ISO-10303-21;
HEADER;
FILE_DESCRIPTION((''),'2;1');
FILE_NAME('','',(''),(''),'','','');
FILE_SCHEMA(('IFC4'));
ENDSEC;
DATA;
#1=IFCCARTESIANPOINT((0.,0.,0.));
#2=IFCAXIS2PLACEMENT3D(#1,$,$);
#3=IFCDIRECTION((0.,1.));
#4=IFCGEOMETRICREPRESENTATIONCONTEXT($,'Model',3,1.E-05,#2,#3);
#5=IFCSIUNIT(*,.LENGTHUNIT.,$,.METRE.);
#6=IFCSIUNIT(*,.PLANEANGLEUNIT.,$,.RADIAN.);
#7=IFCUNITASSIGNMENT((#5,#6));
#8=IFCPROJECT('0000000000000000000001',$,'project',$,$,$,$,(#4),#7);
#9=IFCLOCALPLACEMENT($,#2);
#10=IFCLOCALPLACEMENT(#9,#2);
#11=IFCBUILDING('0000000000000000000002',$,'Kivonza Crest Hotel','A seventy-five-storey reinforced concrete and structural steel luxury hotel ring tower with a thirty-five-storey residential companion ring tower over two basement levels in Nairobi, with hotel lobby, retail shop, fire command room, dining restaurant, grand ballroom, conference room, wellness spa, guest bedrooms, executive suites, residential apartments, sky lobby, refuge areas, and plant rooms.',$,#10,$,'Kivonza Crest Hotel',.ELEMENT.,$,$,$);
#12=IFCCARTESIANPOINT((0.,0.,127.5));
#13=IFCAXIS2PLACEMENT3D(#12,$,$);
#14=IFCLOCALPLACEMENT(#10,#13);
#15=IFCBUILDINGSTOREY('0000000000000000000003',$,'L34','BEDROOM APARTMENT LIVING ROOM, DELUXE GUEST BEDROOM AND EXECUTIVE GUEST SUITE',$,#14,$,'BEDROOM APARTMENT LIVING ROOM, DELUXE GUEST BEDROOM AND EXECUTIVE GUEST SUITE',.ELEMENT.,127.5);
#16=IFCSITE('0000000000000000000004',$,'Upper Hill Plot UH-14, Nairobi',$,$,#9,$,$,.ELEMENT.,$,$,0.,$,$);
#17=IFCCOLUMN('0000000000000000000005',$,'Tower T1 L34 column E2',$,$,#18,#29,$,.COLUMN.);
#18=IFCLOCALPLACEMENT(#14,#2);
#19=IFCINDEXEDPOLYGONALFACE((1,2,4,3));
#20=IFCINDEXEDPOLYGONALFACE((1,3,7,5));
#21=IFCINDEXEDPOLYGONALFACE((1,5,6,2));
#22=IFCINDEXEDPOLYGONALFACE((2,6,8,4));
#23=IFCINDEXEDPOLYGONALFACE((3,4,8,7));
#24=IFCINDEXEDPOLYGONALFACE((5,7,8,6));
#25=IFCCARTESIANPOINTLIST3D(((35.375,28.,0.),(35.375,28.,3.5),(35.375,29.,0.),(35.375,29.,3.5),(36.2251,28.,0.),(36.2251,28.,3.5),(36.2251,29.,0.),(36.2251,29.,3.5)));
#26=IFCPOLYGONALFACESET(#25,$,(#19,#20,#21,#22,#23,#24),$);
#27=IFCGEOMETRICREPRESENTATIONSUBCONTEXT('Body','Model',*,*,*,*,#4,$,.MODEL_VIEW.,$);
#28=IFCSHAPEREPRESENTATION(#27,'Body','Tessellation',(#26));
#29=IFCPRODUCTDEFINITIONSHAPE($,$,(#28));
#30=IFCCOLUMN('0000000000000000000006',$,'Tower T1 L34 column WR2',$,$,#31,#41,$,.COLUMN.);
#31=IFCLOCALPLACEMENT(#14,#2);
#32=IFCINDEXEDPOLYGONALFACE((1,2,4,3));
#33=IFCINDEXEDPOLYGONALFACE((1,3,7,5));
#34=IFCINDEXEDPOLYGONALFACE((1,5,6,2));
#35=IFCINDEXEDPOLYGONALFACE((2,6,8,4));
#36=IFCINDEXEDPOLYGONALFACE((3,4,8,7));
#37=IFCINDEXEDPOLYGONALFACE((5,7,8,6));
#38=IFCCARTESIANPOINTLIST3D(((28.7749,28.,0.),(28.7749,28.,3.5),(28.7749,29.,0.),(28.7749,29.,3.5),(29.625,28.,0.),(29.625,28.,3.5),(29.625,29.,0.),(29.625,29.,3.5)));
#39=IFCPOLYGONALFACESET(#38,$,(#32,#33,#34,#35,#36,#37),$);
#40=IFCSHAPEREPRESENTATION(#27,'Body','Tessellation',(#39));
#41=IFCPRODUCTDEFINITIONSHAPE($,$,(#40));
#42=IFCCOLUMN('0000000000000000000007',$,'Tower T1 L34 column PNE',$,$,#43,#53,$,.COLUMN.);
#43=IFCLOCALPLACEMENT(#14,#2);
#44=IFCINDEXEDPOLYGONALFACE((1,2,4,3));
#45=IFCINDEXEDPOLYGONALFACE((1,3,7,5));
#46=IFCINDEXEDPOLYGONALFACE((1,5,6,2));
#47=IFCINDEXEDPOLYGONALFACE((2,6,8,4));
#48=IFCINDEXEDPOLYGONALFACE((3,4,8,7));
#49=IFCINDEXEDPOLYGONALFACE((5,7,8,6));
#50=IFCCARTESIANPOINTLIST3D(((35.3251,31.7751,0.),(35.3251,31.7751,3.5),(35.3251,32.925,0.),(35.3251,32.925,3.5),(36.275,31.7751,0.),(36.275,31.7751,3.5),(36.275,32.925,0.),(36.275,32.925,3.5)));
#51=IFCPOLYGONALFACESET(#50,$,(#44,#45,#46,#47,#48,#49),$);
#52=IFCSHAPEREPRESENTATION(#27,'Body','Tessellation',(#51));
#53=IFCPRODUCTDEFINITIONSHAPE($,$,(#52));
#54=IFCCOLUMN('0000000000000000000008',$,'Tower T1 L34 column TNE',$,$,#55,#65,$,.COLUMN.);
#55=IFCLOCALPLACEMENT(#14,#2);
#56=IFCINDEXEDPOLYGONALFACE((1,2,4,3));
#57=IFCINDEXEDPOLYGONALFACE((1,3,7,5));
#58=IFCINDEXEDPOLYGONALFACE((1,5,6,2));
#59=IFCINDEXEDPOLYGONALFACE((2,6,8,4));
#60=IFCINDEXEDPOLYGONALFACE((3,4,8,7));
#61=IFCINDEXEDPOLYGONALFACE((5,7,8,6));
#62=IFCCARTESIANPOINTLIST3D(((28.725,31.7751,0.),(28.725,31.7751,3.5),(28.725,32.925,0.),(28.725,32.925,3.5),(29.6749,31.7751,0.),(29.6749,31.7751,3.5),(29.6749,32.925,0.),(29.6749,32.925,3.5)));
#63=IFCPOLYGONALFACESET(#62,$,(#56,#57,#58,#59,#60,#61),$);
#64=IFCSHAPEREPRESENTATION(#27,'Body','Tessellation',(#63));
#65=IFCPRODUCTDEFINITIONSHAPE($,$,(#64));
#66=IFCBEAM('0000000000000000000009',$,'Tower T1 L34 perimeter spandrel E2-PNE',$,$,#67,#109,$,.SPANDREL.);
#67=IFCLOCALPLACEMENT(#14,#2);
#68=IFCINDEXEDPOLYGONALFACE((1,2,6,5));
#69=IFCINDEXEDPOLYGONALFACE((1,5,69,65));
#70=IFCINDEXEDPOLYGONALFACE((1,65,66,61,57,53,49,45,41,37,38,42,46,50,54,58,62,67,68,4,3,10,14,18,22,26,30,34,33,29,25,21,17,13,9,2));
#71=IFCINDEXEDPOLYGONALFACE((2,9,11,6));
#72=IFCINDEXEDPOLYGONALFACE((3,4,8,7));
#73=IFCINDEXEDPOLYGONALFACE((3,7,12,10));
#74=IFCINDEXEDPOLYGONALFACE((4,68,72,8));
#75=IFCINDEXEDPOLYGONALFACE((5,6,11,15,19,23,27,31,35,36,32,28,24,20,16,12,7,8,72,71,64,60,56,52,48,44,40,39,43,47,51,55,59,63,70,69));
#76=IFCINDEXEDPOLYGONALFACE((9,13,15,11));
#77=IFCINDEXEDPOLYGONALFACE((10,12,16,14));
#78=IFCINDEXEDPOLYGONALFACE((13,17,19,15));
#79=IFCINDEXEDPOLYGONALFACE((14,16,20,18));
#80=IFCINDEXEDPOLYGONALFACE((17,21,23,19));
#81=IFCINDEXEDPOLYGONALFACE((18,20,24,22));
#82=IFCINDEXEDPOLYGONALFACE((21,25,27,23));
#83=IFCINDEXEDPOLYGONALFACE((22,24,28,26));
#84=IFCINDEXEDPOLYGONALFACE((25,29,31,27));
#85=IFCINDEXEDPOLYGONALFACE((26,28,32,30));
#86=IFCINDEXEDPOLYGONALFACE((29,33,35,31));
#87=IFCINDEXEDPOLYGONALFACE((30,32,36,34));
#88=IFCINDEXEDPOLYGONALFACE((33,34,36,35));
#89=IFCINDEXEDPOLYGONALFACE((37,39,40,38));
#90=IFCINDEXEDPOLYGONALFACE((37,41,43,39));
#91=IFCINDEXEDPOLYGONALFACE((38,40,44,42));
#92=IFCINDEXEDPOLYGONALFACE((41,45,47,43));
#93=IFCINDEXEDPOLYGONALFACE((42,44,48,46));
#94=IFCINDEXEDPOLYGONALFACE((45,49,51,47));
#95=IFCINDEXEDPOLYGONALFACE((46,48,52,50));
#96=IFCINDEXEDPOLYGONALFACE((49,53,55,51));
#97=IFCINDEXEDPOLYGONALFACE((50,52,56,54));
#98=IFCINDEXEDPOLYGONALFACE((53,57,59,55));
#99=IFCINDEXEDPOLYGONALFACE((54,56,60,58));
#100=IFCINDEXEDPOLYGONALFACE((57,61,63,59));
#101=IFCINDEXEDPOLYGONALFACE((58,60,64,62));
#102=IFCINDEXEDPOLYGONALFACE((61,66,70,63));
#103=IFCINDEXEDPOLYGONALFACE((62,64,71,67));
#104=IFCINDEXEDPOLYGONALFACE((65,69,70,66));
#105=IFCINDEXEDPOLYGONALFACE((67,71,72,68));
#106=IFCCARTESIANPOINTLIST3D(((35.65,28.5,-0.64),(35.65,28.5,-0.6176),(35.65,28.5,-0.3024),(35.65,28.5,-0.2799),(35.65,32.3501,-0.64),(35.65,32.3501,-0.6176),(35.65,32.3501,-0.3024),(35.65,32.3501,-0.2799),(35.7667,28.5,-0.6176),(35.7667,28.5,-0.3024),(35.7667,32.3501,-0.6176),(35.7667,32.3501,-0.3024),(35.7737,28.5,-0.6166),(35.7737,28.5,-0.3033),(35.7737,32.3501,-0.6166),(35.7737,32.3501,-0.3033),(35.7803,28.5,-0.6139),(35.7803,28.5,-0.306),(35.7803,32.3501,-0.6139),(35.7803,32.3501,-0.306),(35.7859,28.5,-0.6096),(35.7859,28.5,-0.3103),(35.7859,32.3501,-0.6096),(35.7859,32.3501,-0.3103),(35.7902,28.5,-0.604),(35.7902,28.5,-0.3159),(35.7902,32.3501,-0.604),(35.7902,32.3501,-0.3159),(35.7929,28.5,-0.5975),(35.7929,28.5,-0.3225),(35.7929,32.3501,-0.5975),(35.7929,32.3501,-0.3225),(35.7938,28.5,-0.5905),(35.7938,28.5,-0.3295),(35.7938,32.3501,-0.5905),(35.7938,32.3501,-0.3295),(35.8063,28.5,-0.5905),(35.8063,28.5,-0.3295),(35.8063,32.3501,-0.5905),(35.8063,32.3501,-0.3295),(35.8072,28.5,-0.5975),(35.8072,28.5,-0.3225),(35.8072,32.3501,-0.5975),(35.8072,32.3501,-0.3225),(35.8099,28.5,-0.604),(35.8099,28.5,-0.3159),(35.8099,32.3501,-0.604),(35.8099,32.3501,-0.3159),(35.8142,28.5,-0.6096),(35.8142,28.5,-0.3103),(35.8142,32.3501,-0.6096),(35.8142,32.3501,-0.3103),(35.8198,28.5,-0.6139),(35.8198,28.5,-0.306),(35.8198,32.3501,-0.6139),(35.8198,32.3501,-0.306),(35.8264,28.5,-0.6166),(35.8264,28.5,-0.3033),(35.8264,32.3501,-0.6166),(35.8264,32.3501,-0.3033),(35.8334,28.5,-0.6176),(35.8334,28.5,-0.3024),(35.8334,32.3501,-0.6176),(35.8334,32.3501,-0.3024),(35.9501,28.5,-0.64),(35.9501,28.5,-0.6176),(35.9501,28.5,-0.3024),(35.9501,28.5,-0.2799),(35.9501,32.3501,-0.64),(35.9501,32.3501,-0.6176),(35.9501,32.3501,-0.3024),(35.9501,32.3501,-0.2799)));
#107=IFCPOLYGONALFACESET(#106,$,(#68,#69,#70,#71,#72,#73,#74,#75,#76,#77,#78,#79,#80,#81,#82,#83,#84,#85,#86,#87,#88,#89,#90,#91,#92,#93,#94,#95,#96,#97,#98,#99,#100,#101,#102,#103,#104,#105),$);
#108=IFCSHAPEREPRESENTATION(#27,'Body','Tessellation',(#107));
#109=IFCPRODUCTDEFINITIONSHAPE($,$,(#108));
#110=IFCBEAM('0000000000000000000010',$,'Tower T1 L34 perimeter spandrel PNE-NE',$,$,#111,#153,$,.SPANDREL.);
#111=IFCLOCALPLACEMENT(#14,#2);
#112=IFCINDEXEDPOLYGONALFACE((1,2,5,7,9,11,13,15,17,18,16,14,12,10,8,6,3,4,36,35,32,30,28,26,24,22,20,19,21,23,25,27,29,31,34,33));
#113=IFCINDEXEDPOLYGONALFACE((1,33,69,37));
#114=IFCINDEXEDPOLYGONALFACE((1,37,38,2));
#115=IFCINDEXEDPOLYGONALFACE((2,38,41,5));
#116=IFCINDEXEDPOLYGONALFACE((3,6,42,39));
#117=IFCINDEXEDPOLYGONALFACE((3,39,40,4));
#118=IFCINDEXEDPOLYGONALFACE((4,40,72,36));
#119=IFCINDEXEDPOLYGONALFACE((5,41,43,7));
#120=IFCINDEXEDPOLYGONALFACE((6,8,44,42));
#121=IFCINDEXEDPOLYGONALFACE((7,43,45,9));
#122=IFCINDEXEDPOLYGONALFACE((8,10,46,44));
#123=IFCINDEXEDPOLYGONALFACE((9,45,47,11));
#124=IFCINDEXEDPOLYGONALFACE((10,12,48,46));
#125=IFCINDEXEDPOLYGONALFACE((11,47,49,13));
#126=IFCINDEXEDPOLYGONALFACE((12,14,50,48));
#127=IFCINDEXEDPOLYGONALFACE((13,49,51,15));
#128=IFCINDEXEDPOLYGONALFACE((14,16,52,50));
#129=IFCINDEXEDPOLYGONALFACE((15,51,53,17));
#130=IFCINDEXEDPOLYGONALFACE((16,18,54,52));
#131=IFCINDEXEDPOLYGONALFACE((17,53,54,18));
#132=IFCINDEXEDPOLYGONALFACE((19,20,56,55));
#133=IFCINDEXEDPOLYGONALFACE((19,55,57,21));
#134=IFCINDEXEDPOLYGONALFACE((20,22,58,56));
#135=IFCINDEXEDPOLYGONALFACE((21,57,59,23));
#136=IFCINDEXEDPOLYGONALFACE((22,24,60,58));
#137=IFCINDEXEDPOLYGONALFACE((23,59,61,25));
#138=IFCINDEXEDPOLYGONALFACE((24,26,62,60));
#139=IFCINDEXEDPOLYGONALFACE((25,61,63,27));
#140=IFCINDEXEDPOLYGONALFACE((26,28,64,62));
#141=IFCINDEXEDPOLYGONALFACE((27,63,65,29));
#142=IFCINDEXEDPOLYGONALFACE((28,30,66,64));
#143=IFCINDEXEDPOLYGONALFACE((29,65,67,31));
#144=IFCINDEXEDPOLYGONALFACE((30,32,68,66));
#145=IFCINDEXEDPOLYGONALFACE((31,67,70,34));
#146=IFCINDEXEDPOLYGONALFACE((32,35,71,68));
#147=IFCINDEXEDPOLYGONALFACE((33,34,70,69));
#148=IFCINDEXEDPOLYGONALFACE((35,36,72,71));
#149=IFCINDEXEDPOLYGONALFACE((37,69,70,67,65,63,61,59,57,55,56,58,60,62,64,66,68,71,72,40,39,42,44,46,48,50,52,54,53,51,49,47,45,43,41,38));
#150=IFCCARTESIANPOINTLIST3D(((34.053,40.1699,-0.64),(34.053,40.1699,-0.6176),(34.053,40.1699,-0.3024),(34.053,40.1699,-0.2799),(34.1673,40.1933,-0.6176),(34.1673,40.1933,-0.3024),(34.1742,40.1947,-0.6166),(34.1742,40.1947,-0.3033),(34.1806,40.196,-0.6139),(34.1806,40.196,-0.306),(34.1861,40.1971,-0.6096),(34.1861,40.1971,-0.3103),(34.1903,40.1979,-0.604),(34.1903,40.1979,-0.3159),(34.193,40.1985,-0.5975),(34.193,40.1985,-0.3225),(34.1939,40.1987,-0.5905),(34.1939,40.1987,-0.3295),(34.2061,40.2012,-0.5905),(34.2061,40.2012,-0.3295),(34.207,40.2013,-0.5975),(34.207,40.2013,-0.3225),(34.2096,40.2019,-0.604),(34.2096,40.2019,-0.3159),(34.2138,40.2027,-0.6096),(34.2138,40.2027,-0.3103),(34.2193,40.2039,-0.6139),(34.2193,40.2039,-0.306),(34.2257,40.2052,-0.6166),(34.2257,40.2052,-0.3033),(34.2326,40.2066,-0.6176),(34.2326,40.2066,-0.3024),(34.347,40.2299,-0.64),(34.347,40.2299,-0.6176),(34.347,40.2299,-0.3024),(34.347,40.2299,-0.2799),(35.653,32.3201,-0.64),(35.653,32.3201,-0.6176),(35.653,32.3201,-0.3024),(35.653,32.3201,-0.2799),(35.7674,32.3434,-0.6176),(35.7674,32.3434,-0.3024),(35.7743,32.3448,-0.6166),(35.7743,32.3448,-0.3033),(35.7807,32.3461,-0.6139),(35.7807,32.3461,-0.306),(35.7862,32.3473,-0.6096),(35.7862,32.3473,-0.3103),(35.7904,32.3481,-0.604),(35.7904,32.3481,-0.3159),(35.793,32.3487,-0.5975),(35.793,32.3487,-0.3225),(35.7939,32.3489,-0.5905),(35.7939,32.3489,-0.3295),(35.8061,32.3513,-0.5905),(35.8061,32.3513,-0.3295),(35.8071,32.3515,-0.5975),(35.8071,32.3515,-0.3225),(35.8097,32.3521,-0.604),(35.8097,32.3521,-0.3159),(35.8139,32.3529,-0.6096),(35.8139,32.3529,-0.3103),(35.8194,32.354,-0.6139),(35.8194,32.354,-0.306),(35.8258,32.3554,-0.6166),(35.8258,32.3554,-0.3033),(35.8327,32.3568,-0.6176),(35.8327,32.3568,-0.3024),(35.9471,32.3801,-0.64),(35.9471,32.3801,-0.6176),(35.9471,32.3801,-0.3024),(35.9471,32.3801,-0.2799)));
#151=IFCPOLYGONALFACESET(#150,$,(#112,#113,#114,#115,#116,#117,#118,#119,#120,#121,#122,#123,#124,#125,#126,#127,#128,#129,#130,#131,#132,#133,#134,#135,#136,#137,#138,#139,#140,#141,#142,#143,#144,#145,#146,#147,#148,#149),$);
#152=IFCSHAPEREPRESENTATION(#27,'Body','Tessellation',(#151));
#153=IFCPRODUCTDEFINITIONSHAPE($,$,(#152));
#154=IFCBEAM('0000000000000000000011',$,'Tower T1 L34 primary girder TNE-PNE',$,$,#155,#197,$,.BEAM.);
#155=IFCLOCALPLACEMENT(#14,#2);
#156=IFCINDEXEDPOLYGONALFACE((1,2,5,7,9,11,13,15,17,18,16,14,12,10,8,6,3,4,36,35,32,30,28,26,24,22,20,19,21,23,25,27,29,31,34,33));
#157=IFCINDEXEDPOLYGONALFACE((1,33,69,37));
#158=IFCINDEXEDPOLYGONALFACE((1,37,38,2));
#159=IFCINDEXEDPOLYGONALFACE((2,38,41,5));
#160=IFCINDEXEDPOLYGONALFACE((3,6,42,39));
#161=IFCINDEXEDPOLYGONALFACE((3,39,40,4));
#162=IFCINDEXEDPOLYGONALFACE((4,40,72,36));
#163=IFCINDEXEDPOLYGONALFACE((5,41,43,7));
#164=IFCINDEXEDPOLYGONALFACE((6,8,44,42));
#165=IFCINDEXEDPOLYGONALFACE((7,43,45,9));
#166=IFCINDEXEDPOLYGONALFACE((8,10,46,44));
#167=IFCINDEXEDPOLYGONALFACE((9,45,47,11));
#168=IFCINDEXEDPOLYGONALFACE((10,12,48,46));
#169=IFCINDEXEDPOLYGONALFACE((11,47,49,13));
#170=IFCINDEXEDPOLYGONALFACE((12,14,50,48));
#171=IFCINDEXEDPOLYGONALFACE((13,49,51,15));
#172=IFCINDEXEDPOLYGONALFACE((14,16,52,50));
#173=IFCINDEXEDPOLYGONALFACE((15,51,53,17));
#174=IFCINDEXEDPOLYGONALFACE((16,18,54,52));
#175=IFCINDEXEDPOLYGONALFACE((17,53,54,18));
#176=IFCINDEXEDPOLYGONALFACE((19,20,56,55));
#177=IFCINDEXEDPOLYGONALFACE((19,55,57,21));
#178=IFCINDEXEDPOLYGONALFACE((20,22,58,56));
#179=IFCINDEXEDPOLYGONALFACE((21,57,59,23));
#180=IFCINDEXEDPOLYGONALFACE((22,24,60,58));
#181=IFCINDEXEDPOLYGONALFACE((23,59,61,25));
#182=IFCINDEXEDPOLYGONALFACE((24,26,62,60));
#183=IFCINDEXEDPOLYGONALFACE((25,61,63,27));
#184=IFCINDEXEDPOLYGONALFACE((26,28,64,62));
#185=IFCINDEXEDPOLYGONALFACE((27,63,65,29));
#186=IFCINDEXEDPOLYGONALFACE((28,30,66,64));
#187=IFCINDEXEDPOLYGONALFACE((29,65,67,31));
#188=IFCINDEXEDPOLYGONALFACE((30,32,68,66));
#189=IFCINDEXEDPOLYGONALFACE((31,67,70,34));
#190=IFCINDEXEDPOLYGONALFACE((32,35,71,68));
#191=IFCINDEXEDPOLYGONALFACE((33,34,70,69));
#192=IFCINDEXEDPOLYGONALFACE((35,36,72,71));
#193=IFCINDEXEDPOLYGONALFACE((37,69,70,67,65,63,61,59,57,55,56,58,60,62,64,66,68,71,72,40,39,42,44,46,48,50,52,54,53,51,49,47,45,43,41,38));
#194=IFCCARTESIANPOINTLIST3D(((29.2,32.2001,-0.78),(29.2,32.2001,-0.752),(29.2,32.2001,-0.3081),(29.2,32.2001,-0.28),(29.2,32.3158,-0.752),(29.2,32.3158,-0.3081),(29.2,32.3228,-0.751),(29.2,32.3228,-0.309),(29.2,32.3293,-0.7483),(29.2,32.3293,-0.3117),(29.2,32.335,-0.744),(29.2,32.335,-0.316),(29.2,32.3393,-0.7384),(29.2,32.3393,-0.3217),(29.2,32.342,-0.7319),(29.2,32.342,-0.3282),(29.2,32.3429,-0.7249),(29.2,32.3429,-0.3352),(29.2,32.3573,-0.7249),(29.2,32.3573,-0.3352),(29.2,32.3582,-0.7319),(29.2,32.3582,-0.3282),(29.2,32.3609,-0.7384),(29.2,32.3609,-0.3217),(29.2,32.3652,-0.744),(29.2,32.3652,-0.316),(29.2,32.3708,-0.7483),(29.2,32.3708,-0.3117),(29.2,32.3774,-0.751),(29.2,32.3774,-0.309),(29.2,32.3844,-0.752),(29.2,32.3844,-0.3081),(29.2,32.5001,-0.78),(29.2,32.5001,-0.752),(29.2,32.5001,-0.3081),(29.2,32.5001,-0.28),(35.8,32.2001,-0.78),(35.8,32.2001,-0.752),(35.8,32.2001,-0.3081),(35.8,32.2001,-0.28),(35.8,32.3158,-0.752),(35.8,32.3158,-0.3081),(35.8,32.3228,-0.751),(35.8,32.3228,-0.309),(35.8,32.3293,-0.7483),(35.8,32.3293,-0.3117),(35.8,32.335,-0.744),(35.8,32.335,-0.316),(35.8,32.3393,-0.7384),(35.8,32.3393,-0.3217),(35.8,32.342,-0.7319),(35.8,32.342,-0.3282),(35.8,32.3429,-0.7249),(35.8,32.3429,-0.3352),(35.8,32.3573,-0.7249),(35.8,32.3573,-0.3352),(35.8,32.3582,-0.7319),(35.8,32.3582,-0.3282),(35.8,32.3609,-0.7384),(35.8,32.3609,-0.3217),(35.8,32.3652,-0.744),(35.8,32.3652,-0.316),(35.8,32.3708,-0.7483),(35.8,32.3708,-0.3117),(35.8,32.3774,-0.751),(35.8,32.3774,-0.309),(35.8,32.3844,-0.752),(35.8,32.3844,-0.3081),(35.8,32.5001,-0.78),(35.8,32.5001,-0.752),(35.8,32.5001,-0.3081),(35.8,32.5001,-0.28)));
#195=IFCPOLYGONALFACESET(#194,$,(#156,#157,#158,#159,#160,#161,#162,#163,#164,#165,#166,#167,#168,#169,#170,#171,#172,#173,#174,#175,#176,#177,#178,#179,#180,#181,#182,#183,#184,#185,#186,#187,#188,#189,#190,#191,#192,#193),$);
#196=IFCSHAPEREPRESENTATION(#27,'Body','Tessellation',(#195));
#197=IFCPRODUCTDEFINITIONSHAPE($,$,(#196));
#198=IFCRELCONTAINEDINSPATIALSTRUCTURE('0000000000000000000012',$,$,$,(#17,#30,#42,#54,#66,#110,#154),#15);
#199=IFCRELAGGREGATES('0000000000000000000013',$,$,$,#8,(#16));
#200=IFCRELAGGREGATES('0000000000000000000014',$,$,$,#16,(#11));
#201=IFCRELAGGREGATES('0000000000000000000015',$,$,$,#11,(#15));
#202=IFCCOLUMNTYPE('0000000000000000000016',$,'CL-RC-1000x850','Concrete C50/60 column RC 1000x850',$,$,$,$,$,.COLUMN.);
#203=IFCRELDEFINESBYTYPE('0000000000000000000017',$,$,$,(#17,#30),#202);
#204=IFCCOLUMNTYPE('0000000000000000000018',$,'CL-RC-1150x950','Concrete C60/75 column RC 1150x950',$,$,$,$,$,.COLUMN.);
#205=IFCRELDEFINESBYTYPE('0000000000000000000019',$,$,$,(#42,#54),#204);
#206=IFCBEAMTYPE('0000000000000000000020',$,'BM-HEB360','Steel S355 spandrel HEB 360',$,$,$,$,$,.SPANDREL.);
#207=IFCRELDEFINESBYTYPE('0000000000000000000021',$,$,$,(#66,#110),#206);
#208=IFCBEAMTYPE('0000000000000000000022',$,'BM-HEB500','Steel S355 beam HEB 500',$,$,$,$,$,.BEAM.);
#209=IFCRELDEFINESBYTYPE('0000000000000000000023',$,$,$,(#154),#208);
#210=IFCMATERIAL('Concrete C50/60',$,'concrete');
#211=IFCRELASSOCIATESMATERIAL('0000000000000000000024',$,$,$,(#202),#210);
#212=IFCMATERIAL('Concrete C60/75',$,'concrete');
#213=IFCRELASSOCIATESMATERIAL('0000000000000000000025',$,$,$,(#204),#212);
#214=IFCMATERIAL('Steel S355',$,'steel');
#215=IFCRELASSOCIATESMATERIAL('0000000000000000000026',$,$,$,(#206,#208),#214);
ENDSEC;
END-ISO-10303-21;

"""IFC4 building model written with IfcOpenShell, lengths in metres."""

from ifc_helpers import new_model, si_unit, direction, frame, origin, origin_2d, place, context, subcontext, project, spatial, rectangle, i_section, extrude, material, material_profile, profile_set, type_object, element, save


model = new_model("IFC4")

# Units and contexts
model_context = context("Model", 3, precision=1e-05, world=origin(), true_north=direction((0.0, 1.0)))
body_context = subcontext(model_context, "Body", "Model", "MODEL_VIEW")
ifc_project = project(units=[si_unit("LENGTHUNIT", "METRE"), si_unit("PLANEANGLEUNIT", "RADIAN")], contexts=[model_context])

# Site, building, storey
site_placement = place(None, origin())
site = spatial("IfcSite", under=ifc_project, at=site_placement, Name="Upper Hill Plot UH-14, Nairobi", CompositionType="ELEMENT", RefElevation=0.0)
building_placement = place(site_placement, origin())
building = spatial("IfcBuilding", under=site, at=building_placement, Name="Kivonza Crest Hotel", Description="A seventy-five-storey reinforced concrete and structural steel luxury hotel ring tower with a thirty-five-storey residential companion ring tower over two basement levels in Nairobi, with hotel lobby, retail shop, fire command room, dining restaurant, grand ballroom, conference room, wellness spa, guest bedrooms, executive suites, residential apartments, sky lobby, refuge areas, and plant rooms.", LongName="Kivonza Crest Hotel", CompositionType="ELEMENT")
storey_placement = place(building_placement, frame((0.0, 0.0, 127.5)))
storey = spatial("IfcBuildingStorey", under=building, at=storey_placement, Name="L34", Description="BEDROOM APARTMENT LIVING ROOM, DELUXE GUEST BEDROOM AND EXECUTIVE GUEST SUITE", LongName="BEDROOM APARTMENT LIVING ROOM, DELUXE GUEST BEDROOM AND EXECUTIVE GUEST SUITE", CompositionType="ELEMENT", Elevation=127.5)

# Columns
ifc_material_1 = material(Name="Concrete C50/60", Category="concrete")
ifc_material_profile_1 = material_profile(ifc_material_1, rectangle(XDim=0.8501, YDim=1.0, at=origin_2d()), Name="RC 1000x850")
ifc_profile_set_1 = profile_set([ifc_material_profile_1], Name="Concrete C50/60")
column_type_1 = type_object("IfcColumnType", Name="CL-RC-1000x850", Description="Concrete C50/60 column RC 1000x850", PredefinedType="COLUMN", material=ifc_profile_set_1)
for number, where, z_axis, x_axis, name in (
    (1, (35.8, 28.5, 0.0), (0.0, 0.0, 1.0), (1.0, 0.0, 0.0), "Tower T1 L34 column E2"),
    (2, (29.2, 28.5, 0.0), (0.0, 0.0, 1.0), (1.0, 0.0, 0.0), "Tower T1 L34 column WR2"),
):
    element("IfcColumn", number, at=place(storey_placement, frame(where, z_axis=z_axis, x_axis=x_axis)), inside=storey, type_object=column_type_1, Name=name, PredefinedType="COLUMN", context=body_context, shape_type="SweptSolid", body=[
        extrude(rectangle(XDim=0.8501, YDim=1.0, at=origin_2d()), origin(), (0.0, 0.0, 1.0), 3.5),
    ])
ifc_material_2 = material(Name="Concrete C60/75", Category="concrete")
ifc_material_profile_2 = material_profile(ifc_material_2, rectangle(XDim=0.95, YDim=1.1499, at=origin_2d()), Name="RC 1150x950")
ifc_profile_set_2 = profile_set([ifc_material_profile_2], Name="Concrete C60/75")
column_type_2 = type_object("IfcColumnType", Name="CL-RC-1150x950", Description="Concrete C60/75 column RC 1150x950", PredefinedType="COLUMN", material=ifc_profile_set_2)
for number, where, z_axis, x_axis, name in (
    (3, (35.8, 32.3501, 0.0), (0.0, 0.0, 1.0), (1.0, 0.0, 0.0), "Tower T1 L34 column PNE"),
    (4, (29.2, 32.3501, 0.0), (0.0, 0.0, 1.0), (1.0, 0.0, 0.0), "Tower T1 L34 column TNE"),
):
    element("IfcColumn", number, at=place(storey_placement, frame(where, z_axis=z_axis, x_axis=x_axis)), inside=storey, type_object=column_type_2, Name=name, PredefinedType="COLUMN", context=body_context, shape_type="SweptSolid", body=[
        extrude(rectangle(XDim=0.95, YDim=1.1499, at=origin_2d()), origin(), (0.0, 0.0, 1.0), 3.5),
    ])

# Beams
ifc_material_3 = material(Name="Steel S355", Category="steel")
ifc_material_profile_3 = material_profile(ifc_material_3, i_section(OverallWidth=0.3, OverallDepth=0.3601, WebThickness=0.0125, FlangeThickness=0.0225, FilletRadius=0.0271, at=origin_2d()), Name="HEB 360")
ifc_profile_set_3 = profile_set([ifc_material_profile_3], Name="Steel S355")
beam_type_1 = type_object("IfcBeamType", Name="BM-HEB360", Description="Steel S355 spandrel HEB 360", PredefinedType="SPANDREL", material=ifc_profile_set_3)
beam_1_placement = place(storey_placement, frame((35.8, 28.5, -0.46), z_axis=(0.0, 1.0, 0.0), x_axis=(-1.0, 0.0, 0.0)))
element("IfcBeam", 5, at=beam_1_placement, inside=storey, type_object=beam_type_1, Name="Tower T1 L34 perimeter spandrel E2-PNE", PredefinedType="SPANDREL", context=body_context, shape_type="SweptSolid", body=[
    extrude(i_section(OverallWidth=0.3, OverallDepth=0.3601, WebThickness=0.0125, FlangeThickness=0.0225, FilletRadius=0.0271, at=origin_2d()), origin(), (0.0, 0.0, 1.0), 3.8501),
])
beam_2_placement = place(storey_placement, frame((35.8, 32.3501, -0.46), z_axis=(-0.199731, 0.979851, 0.0), x_axis=(-0.979851, -0.199731, 0.0)))
element("IfcBeam", 6, at=beam_2_placement, inside=storey, type_object=beam_type_1, Name="Tower T1 L34 perimeter spandrel PNE-NE", PredefinedType="SPANDREL", context=body_context, shape_type="SweptSolid", body=[
    extrude(i_section(OverallWidth=0.3, OverallDepth=0.3601, WebThickness=0.0125, FlangeThickness=0.0225, FilletRadius=0.0271, at=origin_2d()), origin(), (0.0, 0.0, 1.0), 8.0112),
])
ifc_material_profile_4 = material_profile(ifc_material_3, i_section(OverallWidth=0.3, OverallDepth=0.5, WebThickness=0.0144, FlangeThickness=0.0281, FilletRadius=0.0271, at=origin_2d()), Name="HEB 500")
ifc_profile_set_4 = profile_set([ifc_material_profile_4], Name="Steel S355")
beam_type_2 = type_object("IfcBeamType", Name="BM-HEB500", Description="Steel S355 beam HEB 500", PredefinedType="BEAM", material=ifc_profile_set_4)
beam_3_placement = place(storey_placement, frame((29.2, 32.3501, -0.53), z_axis=(1.0, 0.0, 0.0), x_axis=(0.0, 1.0, 0.0)))
element("IfcBeam", 7, at=beam_3_placement, inside=storey, type_object=beam_type_2, Name="Tower T1 L34 primary girder TNE-PNE", PredefinedType="BEAM", context=body_context, shape_type="SweptSolid", body=[
    extrude(i_section(OverallWidth=0.3, OverallDepth=0.5, WebThickness=0.0144, FlangeThickness=0.0281, FilletRadius=0.0271, at=origin_2d()), origin(), (0.0, 0.0, 1.0), 6.6001),
])

save(model, "model.ifc")
